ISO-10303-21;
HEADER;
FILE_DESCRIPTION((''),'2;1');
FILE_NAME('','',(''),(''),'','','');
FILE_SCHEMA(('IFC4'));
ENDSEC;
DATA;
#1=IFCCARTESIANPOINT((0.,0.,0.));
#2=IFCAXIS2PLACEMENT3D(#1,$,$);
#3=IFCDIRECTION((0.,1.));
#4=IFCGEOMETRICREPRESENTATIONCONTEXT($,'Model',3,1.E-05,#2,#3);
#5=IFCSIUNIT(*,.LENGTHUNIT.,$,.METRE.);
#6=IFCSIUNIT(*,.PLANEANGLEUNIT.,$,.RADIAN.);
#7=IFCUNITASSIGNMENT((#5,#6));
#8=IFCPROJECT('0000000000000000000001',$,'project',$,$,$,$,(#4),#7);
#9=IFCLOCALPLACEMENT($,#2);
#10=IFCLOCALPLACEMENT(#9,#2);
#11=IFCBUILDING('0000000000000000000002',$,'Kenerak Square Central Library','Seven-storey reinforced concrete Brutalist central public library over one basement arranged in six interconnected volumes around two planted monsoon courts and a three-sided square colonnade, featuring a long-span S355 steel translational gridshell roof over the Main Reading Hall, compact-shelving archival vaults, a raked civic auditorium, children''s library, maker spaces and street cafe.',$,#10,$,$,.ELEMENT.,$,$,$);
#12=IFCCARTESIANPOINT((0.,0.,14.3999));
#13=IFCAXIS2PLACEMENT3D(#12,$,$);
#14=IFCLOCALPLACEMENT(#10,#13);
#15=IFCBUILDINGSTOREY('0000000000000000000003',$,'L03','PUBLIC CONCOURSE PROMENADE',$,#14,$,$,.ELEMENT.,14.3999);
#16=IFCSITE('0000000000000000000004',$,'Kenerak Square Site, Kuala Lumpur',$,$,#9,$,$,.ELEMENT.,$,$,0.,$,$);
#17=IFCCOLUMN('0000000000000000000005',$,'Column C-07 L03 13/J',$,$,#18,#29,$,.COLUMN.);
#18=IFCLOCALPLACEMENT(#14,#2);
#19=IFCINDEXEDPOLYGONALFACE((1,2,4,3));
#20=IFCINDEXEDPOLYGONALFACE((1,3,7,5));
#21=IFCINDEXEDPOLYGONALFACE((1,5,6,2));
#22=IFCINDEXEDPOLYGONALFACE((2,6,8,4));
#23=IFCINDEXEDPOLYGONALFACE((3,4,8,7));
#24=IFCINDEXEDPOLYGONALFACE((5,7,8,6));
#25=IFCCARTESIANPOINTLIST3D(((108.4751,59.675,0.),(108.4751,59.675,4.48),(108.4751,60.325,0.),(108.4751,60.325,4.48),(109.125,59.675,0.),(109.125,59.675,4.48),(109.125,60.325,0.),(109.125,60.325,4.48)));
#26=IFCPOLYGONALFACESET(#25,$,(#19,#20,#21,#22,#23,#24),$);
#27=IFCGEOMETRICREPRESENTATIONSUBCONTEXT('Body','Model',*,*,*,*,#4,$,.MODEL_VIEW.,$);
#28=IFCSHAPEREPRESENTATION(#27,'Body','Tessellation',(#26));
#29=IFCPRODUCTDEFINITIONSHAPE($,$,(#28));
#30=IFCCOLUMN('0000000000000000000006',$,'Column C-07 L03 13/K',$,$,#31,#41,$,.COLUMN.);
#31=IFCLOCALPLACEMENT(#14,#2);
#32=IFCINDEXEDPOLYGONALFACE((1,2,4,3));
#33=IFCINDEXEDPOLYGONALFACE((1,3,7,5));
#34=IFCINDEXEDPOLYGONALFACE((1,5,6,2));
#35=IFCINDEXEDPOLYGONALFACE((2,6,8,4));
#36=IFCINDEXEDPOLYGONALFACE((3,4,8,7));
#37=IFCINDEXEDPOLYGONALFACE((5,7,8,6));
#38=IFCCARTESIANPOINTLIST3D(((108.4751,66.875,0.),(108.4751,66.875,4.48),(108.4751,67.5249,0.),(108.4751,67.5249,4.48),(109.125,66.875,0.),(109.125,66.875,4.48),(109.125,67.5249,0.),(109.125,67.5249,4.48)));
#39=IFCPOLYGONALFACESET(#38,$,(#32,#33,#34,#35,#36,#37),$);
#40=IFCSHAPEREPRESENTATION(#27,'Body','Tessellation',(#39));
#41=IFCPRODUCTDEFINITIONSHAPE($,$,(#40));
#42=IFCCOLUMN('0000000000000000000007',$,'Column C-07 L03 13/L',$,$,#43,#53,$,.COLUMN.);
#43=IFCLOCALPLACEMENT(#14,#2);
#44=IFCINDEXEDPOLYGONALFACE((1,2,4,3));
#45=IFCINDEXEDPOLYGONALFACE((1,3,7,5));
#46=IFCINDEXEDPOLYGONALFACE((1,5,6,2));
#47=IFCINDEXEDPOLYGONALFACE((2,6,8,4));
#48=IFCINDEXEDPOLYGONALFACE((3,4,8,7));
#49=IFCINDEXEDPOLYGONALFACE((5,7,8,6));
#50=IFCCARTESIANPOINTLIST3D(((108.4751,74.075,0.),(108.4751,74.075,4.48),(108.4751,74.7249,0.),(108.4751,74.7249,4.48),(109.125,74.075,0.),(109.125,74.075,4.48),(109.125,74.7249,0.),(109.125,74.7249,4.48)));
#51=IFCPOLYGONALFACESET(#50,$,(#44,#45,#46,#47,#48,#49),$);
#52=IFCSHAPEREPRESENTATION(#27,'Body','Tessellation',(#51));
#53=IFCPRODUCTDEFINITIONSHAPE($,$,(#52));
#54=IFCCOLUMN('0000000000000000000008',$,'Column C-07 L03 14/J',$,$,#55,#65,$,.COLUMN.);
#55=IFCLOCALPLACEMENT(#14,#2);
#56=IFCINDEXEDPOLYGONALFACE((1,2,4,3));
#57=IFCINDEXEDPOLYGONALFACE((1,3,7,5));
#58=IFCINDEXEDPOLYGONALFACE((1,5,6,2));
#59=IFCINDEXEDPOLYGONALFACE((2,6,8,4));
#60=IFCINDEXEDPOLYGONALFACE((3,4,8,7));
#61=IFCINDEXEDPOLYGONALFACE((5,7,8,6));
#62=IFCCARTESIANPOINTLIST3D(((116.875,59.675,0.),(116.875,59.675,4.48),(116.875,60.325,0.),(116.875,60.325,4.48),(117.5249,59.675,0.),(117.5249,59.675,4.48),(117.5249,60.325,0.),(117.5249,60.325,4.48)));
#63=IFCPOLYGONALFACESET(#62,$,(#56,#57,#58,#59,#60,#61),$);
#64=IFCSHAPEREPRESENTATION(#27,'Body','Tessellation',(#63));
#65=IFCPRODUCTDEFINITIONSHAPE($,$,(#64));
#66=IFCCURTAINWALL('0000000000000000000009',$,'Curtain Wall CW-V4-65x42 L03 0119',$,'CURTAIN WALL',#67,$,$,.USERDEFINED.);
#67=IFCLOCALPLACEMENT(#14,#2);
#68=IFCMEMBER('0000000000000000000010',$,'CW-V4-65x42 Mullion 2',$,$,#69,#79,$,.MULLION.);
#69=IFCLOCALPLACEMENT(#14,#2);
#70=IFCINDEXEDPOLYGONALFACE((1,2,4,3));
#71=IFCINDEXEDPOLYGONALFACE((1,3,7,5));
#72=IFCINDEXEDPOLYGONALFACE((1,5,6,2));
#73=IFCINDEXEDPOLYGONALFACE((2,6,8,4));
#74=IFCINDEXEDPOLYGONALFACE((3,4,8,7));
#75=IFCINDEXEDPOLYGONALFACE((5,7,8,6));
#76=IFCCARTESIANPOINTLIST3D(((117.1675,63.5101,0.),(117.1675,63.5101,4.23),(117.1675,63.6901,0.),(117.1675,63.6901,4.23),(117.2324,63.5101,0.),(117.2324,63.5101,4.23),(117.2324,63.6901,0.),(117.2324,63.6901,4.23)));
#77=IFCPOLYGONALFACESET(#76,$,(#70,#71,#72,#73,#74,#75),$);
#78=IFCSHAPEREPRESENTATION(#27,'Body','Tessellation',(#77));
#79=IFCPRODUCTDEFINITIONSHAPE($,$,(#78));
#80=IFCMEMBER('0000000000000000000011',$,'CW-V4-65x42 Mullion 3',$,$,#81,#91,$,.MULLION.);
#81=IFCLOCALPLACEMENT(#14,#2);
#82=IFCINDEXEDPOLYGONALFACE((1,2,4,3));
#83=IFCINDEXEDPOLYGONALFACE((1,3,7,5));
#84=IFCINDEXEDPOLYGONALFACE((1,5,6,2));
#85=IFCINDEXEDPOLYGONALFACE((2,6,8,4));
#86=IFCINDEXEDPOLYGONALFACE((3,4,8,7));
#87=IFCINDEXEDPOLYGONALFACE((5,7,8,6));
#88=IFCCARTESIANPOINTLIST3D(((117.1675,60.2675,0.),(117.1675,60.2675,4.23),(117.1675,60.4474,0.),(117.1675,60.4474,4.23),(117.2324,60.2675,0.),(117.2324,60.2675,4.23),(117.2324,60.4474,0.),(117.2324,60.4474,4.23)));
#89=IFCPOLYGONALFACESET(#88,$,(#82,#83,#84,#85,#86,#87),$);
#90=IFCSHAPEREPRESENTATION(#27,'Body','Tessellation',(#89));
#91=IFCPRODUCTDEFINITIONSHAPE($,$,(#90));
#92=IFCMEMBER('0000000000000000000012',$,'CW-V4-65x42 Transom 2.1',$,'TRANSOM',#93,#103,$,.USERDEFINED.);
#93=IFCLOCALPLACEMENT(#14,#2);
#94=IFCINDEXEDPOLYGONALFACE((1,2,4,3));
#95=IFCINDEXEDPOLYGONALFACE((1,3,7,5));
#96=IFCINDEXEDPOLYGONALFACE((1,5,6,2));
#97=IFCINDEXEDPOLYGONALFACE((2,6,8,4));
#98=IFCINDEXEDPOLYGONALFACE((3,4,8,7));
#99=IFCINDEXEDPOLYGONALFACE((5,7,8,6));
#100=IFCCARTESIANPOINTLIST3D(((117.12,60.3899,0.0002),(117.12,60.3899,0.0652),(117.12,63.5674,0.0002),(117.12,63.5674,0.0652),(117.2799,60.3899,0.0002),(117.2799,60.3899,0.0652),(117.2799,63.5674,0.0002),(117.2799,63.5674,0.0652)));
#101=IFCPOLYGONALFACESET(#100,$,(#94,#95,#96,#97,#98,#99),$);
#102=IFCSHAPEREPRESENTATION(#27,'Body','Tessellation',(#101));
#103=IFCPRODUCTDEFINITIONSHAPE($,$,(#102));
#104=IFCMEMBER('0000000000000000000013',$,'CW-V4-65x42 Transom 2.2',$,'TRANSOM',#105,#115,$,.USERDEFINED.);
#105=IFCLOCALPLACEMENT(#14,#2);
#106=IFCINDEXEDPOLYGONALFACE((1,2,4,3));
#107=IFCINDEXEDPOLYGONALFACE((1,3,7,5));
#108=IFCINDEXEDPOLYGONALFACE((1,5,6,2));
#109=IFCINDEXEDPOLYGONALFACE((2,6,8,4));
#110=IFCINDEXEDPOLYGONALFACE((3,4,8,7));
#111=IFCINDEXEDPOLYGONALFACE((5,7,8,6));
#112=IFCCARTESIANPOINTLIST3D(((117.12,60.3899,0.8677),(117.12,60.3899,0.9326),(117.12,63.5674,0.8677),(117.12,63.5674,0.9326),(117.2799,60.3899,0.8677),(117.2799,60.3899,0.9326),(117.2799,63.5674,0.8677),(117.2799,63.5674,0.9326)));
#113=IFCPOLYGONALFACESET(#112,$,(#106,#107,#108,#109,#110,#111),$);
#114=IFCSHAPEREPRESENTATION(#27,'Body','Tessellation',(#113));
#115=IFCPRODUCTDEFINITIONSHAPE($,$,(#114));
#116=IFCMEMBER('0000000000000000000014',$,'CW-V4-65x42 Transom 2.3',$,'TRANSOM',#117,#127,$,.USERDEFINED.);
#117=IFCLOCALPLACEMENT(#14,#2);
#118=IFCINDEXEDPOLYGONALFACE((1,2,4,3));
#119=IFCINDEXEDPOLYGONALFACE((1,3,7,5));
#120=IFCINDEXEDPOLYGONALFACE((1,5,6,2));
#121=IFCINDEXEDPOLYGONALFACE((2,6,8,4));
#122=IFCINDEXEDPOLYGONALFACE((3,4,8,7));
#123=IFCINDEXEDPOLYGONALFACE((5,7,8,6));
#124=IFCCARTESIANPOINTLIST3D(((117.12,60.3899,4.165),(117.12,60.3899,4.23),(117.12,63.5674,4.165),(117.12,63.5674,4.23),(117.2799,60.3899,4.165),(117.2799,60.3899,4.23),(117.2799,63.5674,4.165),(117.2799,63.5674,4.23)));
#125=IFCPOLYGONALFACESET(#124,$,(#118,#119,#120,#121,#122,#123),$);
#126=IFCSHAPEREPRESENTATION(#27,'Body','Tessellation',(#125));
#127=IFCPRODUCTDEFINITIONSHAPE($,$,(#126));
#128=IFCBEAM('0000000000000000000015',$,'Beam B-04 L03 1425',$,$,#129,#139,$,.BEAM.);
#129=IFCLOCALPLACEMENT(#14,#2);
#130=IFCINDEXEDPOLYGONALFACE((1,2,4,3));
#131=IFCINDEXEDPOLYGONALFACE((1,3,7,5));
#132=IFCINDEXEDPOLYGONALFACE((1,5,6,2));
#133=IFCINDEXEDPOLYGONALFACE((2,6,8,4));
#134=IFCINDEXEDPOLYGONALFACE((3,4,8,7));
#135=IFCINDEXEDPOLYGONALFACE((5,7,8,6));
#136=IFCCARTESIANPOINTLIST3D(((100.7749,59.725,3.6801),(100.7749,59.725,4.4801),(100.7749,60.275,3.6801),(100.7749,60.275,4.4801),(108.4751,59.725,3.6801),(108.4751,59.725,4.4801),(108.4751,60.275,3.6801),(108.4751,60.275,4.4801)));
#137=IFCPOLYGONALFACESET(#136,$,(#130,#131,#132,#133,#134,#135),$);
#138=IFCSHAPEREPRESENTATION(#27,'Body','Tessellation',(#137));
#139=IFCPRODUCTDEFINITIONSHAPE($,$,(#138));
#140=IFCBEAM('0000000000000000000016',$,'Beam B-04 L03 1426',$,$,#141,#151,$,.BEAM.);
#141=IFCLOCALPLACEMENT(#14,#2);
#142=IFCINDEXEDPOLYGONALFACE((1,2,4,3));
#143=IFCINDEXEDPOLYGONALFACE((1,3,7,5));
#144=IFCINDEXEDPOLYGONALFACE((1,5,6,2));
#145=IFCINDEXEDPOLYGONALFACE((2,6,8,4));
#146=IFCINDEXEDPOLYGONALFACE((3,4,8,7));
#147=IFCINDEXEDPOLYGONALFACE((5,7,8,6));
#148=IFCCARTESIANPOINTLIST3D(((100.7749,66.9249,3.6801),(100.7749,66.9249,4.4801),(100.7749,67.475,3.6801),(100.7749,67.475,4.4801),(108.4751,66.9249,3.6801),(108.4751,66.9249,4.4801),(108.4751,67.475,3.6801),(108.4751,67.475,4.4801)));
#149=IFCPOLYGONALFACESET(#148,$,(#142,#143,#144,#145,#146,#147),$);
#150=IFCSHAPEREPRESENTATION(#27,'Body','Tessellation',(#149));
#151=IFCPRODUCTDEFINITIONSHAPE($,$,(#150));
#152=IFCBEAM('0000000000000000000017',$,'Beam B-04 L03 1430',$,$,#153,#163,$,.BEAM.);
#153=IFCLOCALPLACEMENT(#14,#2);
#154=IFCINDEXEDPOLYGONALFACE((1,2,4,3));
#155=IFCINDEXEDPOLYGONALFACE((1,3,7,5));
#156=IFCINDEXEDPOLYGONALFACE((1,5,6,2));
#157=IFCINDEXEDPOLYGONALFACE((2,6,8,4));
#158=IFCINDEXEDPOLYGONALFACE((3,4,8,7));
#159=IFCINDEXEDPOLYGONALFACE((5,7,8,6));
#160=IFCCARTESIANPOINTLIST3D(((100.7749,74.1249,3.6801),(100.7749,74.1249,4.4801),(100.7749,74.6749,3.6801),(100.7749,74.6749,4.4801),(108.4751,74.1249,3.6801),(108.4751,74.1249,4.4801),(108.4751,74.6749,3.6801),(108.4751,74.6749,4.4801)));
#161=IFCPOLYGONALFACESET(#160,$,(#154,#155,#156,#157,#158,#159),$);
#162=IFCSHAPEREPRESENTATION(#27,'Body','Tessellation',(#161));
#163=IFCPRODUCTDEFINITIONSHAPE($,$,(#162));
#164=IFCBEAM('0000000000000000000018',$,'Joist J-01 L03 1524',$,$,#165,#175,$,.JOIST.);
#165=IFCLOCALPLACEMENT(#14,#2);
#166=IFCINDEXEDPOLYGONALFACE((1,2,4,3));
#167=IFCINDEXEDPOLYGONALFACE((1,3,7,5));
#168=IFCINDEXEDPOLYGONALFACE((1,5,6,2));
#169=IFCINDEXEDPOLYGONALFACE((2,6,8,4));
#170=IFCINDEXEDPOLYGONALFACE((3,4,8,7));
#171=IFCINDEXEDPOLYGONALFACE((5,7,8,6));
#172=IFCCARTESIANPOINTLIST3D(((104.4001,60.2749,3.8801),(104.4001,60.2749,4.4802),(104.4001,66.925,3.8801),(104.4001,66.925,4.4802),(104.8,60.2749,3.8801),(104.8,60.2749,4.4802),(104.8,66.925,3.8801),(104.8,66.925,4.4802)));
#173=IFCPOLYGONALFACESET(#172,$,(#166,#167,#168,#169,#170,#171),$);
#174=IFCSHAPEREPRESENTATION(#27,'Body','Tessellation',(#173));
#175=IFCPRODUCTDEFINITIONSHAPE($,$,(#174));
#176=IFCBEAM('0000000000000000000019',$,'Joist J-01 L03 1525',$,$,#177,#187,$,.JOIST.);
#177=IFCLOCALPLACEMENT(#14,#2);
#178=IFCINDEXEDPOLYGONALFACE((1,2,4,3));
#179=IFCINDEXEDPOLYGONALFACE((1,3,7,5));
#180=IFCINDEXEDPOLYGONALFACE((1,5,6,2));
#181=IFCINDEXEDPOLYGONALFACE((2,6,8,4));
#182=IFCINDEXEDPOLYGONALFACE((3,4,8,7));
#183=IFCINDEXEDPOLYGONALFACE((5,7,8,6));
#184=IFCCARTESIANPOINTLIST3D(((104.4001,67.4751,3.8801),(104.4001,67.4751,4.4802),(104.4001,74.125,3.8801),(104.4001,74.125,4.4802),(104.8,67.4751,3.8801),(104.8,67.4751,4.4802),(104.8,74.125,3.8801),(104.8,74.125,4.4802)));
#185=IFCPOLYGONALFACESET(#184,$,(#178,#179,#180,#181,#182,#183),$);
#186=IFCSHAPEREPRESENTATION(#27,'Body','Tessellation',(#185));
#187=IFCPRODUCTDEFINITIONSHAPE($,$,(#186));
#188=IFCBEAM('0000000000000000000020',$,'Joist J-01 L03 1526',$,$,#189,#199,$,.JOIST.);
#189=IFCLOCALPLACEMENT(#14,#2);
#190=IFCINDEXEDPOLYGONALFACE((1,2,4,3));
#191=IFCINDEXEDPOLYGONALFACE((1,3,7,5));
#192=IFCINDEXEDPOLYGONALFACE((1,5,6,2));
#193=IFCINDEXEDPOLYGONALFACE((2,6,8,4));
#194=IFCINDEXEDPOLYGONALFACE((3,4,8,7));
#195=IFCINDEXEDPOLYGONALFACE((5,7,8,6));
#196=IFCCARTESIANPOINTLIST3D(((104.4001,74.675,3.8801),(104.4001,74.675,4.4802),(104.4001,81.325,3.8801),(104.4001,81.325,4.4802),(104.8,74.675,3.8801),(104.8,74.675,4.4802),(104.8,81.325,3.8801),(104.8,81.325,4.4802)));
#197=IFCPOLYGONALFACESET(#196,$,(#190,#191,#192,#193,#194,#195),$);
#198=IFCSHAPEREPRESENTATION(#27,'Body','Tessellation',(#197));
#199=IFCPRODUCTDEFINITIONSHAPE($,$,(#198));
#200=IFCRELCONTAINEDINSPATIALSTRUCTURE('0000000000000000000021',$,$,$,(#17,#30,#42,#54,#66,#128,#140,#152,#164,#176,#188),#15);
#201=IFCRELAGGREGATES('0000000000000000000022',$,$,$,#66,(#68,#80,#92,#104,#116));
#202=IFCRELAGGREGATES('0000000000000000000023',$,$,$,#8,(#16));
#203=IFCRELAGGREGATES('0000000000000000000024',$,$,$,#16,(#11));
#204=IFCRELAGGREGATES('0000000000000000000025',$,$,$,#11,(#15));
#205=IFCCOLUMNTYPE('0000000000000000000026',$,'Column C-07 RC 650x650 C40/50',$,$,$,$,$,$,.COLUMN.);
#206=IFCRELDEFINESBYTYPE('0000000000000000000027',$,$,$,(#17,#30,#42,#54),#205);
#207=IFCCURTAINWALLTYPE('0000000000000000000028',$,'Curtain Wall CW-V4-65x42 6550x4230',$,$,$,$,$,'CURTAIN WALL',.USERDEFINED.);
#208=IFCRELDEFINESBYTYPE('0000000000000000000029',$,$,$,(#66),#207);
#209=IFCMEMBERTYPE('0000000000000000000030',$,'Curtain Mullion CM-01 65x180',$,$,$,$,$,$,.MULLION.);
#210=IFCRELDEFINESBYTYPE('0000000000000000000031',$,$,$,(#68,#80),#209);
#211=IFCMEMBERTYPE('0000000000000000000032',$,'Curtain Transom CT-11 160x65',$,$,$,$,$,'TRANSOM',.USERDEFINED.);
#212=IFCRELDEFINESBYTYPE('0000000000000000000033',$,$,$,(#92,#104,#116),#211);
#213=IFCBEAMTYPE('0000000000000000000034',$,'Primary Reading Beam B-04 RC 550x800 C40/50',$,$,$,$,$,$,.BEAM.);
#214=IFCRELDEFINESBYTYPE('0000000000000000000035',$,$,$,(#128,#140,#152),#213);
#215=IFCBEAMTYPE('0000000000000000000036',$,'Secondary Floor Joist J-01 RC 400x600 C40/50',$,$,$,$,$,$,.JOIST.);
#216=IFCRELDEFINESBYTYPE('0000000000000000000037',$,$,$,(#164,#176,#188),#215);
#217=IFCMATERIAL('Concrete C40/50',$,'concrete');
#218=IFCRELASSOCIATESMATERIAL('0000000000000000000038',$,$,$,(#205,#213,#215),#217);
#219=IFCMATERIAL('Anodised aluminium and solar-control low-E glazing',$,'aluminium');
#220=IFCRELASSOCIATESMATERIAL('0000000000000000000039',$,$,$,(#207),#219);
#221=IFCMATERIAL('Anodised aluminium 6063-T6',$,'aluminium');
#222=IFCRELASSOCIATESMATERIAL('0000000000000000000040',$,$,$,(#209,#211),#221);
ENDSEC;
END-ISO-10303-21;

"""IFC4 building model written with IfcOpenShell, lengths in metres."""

from ifc_helpers import new_model, si_unit, direction, frame, origin, origin_2d, place, context, subcontext, project, spatial, rectangle, extrude, material, material_profile, profile_set, type_object, element, aggregate, save


model = new_model("IFC4")

# Units and contexts
model_context = context("Model", 3, precision=1e-05, world=origin(), true_north=direction((0.0, 1.0)))
body_context = subcontext(model_context, "Body", "Model", "MODEL_VIEW")
ifc_project = project(units=[si_unit("LENGTHUNIT", "METRE"), si_unit("PLANEANGLEUNIT", "RADIAN")], contexts=[model_context])

# Site, building, storey
site_placement = place(None, origin())
site = spatial("IfcSite", under=ifc_project, at=site_placement, Name="Kenerak Square Site, Kuala Lumpur", CompositionType="ELEMENT", RefElevation=0.0)
building_placement = place(site_placement, origin())
building = spatial("IfcBuilding", under=site, at=building_placement, Name="Kenerak Square Central Library", Description="Seven-storey reinforced concrete Brutalist central public library over one basement arranged in six interconnected volumes around two planted monsoon courts and a three-sided square colonnade, featuring a long-span S355 steel translational gridshell roof over the Main Reading Hall, compact-shelving archival vaults, a raked civic auditorium, children's library, maker spaces and street cafe.", CompositionType="ELEMENT")
storey_placement = place(building_placement, frame((0.0, 0.0, 14.3999)))
storey = spatial("IfcBuildingStorey", under=building, at=storey_placement, Name="L03", Description="PUBLIC CONCOURSE PROMENADE", CompositionType="ELEMENT", Elevation=14.3999)

# Columns
ifc_material_1 = material(Name="Concrete C40/50", Category="concrete")
ifc_material_profile_1 = material_profile(ifc_material_1, rectangle(XDim=0.6499, YDim=0.6499, at=origin_2d()), Name="RC 650x650")
ifc_profile_set_1 = profile_set([ifc_material_profile_1], Name="Concrete C40/50")
column_type = type_object("IfcColumnType", Name="Column C-07 RC 650x650 C40/50", PredefinedType="COLUMN", material=ifc_profile_set_1)
for number, where, z_axis, x_axis, name in (
    (1, (108.8, 60.0, 0.0), (0.0, 0.0, 1.0), (1.0, 0.0, 0.0), "Column C-07 L03 13/J"),
    (2, (108.8, 67.2, 0.0), (0.0, 0.0, 1.0), (1.0, 0.0, 0.0), "Column C-07 L03 13/K"),
    (3, (108.8, 74.3999, 0.0), (0.0, 0.0, 1.0), (1.0, 0.0, 0.0), "Column C-07 L03 13/L"),
    (4, (117.2, 60.0, 0.0), (0.0, 0.0, 1.0), (1.0, 0.0, 0.0), "Column C-07 L03 14/J"),
):
    element("IfcColumn", number, at=place(storey_placement, frame(where, z_axis=z_axis, x_axis=x_axis)), inside=storey, type_object=column_type, Name=name, PredefinedType="COLUMN", context=body_context, shape_type="SweptSolid", body=[
        extrude(rectangle(XDim=0.6499, YDim=0.6499, at=origin_2d()), origin(), (0.0, 0.0, 1.0), 4.48),
    ])

# Curtain wall, members
ifc_material_2 = material(Name="Anodised aluminium and solar-control low-E glazing", Category="aluminium")
curtain_wall_type = type_object("IfcCurtainWallType", Name="Curtain Wall CW-V4-65x42 6550x4230", ElementType="CURTAIN WALL", PredefinedType="USERDEFINED", material=ifc_material_2)
curtain_wall_placement = place(storey_placement, origin())
curtain_wall = element("IfcCurtainWall", 5, at=curtain_wall_placement, inside=storey, type_object=curtain_wall_type, Name="Curtain Wall CW-V4-65x42 L03 0119", ObjectType="CURTAIN WALL", PredefinedType="USERDEFINED")
ifc_material_3 = material(Name="Anodised aluminium 6063-T6", Category="aluminium")
ifc_material_profile_2 = material_profile(ifc_material_3, rectangle(XDim=0.0649, YDim=0.1799, at=origin_2d()), Name="AL MULLION 65x180")
ifc_profile_set_2 = profile_set([ifc_material_profile_2], Name="Anodised aluminium 6063-T6")
member_type_1 = type_object("IfcMemberType", Name="Curtain Mullion CM-01 65x180", PredefinedType="MULLION", material=ifc_profile_set_2)
member_1_placement = place(storey_placement, frame((117.2, 63.6001, 0.0), z_axis=(0.0, 0.0, 1.0), x_axis=(1.0, 0.0, 0.0)))
member_1 = element("IfcMember", 6, at=member_1_placement, type_object=member_type_1, Name="CW-V4-65x42 Mullion 2", PredefinedType="MULLION", context=body_context, shape_type="SweptSolid", body=[
    extrude(rectangle(XDim=0.0649, YDim=0.1799, at=origin_2d()), origin(), (0.0, 0.0, 1.0), 4.23),
])
member_2_placement = place(storey_placement, frame((117.2, 60.3574, 0.0), z_axis=(0.0, 0.0, 1.0), x_axis=(1.0, 0.0, 0.0)))
member_2 = element("IfcMember", 7, at=member_2_placement, type_object=member_type_1, Name="CW-V4-65x42 Mullion 3", PredefinedType="MULLION", context=body_context, shape_type="SweptSolid", body=[
    extrude(rectangle(XDim=0.0649, YDim=0.1799, at=origin_2d()), origin(), (0.0, 0.0, 1.0), 4.23),
])
ifc_material_profile_3 = material_profile(ifc_material_3, rectangle(XDim=0.1599, YDim=0.0649, at=origin_2d()), Name="AL TRANSOM 160x65")
ifc_profile_set_3 = profile_set([ifc_material_profile_3], Name="Anodised aluminium 6063-T6")
member_type_2 = type_object("IfcMemberType", Name="Curtain Transom CT-11 160x65", ElementType="TRANSOM", PredefinedType="USERDEFINED", material=ifc_profile_set_3)
member_3_placement = place(storey_placement, frame((117.2, 63.5674, 0.0327), z_axis=(0.0, -1.0, 0.0), x_axis=(1.0, 0.0, 0.0)))
member_3 = element("IfcMember", 8, at=member_3_placement, type_object=member_type_2, Name="CW-V4-65x42 Transom 2.1", ObjectType="TRANSOM", PredefinedType="USERDEFINED", context=body_context, shape_type="SweptSolid", body=[
    extrude(rectangle(XDim=0.1599, YDim=0.0649, at=origin_2d()), origin(), (0.0, 0.0, 1.0), 3.1775),
])
member_4_placement = place(storey_placement, frame((117.2, 63.5674, 0.9001), z_axis=(0.0, -1.0, 0.0), x_axis=(1.0, 0.0, 0.0)))
member_4 = element("IfcMember", 9, at=member_4_placement, type_object=member_type_2, Name="CW-V4-65x42 Transom 2.2", ObjectType="TRANSOM", PredefinedType="USERDEFINED", context=body_context, shape_type="SweptSolid", body=[
    extrude(rectangle(XDim=0.1599, YDim=0.0649, at=origin_2d()), origin(), (0.0, 0.0, 1.0), 3.1775),
])
member_5_placement = place(storey_placement, frame((117.2, 63.5674, 4.1975), z_axis=(0.0, -1.0, 0.0), x_axis=(1.0, 0.0, 0.0)))
member_5 = element("IfcMember", 10, at=member_5_placement, type_object=member_type_2, Name="CW-V4-65x42 Transom 2.3", ObjectType="TRANSOM", PredefinedType="USERDEFINED", context=body_context, shape_type="SweptSolid", body=[
    extrude(rectangle(XDim=0.1599, YDim=0.0649, at=origin_2d()), origin(), (0.0, 0.0, 1.0), 3.1775),
])

# Beams
ifc_material_profile_4 = material_profile(ifc_material_1, rectangle(XDim=0.55, YDim=0.8, at=origin_2d()), Name="RC 550x800")
ifc_profile_set_4 = profile_set([ifc_material_profile_4], Name="Concrete C40/50")
beam_type_1 = type_object("IfcBeamType", Name="Primary Reading Beam B-04 RC 550x800 C40/50", PredefinedType="BEAM", material=ifc_profile_set_4)
for number, where, z_axis, x_axis, name in (
    (11, (100.7749, 60.0, 4.0801), (1.0, 0.0, 0.0), (0.0, 1.0, 0.0), "Beam B-04 L03 1425"),
    (12, (100.7749, 67.2, 4.0801), (1.0, 0.0, 0.0), (0.0, 1.0, 0.0), "Beam B-04 L03 1426"),
    (13, (100.7749, 74.3999, 4.0801), (1.0, 0.0, 0.0), (0.0, 1.0, 0.0), "Beam B-04 L03 1430"),
):
    element("IfcBeam", number, at=place(storey_placement, frame(where, z_axis=z_axis, x_axis=x_axis)), inside=storey, type_object=beam_type_1, Name=name, PredefinedType="BEAM", context=body_context, shape_type="SweptSolid", body=[
        extrude(rectangle(XDim=0.55, YDim=0.8, at=origin_2d()), origin(), (0.0, 0.0, 1.0), 7.7002),
    ])
ifc_material_profile_5 = material_profile(ifc_material_1, rectangle(XDim=0.3999, YDim=0.6001, at=origin_2d()), Name="RC 400x600")
ifc_profile_set_5 = profile_set([ifc_material_profile_5], Name="Concrete C40/50")
beam_type_2 = type_object("IfcBeamType", Name="Secondary Floor Joist J-01 RC 400x600 C40/50", PredefinedType="JOIST", material=ifc_profile_set_5)
beam_placement = place(storey_placement, frame((104.6001, 60.2749, 4.1802), z_axis=(0.0, 1.0, 0.0), x_axis=(-1.0, 0.0, 0.0)))
element("IfcBeam", 14, at=beam_placement, inside=storey, type_object=beam_type_2, Name="Joist J-01 L03 1524", PredefinedType="JOIST", context=body_context, shape_type="SweptSolid", body=[
    extrude(rectangle(XDim=0.3999, YDim=0.6001, at=origin_2d()), origin(), (0.0, 0.0, 1.0), 6.6501),
])
for number, where, z_axis, x_axis, name in (
    (15, (104.6001, 67.4751, 4.1802), (0.0, 1.0, 0.0), (-1.0, 0.0, 0.0), "Joist J-01 L03 1525"),
    (16, (104.6001, 74.675, 4.1802), (0.0, 1.0, 0.0), (-1.0, 0.0, 0.0), "Joist J-01 L03 1526"),
):
    element("IfcBeam", number, at=place(storey_placement, frame(where, z_axis=z_axis, x_axis=x_axis)), inside=storey, type_object=beam_type_2, Name=name, PredefinedType="JOIST", context=body_context, shape_type="SweptSolid", body=[
        extrude(rectangle(XDim=0.3999, YDim=0.6001, at=origin_2d()), origin(), (0.0, 0.0, 1.0), 6.6499),
    ])

aggregate(curtain_wall, [member_1, member_2, member_3, member_4, member_5])

save(model, "model.ifc")
